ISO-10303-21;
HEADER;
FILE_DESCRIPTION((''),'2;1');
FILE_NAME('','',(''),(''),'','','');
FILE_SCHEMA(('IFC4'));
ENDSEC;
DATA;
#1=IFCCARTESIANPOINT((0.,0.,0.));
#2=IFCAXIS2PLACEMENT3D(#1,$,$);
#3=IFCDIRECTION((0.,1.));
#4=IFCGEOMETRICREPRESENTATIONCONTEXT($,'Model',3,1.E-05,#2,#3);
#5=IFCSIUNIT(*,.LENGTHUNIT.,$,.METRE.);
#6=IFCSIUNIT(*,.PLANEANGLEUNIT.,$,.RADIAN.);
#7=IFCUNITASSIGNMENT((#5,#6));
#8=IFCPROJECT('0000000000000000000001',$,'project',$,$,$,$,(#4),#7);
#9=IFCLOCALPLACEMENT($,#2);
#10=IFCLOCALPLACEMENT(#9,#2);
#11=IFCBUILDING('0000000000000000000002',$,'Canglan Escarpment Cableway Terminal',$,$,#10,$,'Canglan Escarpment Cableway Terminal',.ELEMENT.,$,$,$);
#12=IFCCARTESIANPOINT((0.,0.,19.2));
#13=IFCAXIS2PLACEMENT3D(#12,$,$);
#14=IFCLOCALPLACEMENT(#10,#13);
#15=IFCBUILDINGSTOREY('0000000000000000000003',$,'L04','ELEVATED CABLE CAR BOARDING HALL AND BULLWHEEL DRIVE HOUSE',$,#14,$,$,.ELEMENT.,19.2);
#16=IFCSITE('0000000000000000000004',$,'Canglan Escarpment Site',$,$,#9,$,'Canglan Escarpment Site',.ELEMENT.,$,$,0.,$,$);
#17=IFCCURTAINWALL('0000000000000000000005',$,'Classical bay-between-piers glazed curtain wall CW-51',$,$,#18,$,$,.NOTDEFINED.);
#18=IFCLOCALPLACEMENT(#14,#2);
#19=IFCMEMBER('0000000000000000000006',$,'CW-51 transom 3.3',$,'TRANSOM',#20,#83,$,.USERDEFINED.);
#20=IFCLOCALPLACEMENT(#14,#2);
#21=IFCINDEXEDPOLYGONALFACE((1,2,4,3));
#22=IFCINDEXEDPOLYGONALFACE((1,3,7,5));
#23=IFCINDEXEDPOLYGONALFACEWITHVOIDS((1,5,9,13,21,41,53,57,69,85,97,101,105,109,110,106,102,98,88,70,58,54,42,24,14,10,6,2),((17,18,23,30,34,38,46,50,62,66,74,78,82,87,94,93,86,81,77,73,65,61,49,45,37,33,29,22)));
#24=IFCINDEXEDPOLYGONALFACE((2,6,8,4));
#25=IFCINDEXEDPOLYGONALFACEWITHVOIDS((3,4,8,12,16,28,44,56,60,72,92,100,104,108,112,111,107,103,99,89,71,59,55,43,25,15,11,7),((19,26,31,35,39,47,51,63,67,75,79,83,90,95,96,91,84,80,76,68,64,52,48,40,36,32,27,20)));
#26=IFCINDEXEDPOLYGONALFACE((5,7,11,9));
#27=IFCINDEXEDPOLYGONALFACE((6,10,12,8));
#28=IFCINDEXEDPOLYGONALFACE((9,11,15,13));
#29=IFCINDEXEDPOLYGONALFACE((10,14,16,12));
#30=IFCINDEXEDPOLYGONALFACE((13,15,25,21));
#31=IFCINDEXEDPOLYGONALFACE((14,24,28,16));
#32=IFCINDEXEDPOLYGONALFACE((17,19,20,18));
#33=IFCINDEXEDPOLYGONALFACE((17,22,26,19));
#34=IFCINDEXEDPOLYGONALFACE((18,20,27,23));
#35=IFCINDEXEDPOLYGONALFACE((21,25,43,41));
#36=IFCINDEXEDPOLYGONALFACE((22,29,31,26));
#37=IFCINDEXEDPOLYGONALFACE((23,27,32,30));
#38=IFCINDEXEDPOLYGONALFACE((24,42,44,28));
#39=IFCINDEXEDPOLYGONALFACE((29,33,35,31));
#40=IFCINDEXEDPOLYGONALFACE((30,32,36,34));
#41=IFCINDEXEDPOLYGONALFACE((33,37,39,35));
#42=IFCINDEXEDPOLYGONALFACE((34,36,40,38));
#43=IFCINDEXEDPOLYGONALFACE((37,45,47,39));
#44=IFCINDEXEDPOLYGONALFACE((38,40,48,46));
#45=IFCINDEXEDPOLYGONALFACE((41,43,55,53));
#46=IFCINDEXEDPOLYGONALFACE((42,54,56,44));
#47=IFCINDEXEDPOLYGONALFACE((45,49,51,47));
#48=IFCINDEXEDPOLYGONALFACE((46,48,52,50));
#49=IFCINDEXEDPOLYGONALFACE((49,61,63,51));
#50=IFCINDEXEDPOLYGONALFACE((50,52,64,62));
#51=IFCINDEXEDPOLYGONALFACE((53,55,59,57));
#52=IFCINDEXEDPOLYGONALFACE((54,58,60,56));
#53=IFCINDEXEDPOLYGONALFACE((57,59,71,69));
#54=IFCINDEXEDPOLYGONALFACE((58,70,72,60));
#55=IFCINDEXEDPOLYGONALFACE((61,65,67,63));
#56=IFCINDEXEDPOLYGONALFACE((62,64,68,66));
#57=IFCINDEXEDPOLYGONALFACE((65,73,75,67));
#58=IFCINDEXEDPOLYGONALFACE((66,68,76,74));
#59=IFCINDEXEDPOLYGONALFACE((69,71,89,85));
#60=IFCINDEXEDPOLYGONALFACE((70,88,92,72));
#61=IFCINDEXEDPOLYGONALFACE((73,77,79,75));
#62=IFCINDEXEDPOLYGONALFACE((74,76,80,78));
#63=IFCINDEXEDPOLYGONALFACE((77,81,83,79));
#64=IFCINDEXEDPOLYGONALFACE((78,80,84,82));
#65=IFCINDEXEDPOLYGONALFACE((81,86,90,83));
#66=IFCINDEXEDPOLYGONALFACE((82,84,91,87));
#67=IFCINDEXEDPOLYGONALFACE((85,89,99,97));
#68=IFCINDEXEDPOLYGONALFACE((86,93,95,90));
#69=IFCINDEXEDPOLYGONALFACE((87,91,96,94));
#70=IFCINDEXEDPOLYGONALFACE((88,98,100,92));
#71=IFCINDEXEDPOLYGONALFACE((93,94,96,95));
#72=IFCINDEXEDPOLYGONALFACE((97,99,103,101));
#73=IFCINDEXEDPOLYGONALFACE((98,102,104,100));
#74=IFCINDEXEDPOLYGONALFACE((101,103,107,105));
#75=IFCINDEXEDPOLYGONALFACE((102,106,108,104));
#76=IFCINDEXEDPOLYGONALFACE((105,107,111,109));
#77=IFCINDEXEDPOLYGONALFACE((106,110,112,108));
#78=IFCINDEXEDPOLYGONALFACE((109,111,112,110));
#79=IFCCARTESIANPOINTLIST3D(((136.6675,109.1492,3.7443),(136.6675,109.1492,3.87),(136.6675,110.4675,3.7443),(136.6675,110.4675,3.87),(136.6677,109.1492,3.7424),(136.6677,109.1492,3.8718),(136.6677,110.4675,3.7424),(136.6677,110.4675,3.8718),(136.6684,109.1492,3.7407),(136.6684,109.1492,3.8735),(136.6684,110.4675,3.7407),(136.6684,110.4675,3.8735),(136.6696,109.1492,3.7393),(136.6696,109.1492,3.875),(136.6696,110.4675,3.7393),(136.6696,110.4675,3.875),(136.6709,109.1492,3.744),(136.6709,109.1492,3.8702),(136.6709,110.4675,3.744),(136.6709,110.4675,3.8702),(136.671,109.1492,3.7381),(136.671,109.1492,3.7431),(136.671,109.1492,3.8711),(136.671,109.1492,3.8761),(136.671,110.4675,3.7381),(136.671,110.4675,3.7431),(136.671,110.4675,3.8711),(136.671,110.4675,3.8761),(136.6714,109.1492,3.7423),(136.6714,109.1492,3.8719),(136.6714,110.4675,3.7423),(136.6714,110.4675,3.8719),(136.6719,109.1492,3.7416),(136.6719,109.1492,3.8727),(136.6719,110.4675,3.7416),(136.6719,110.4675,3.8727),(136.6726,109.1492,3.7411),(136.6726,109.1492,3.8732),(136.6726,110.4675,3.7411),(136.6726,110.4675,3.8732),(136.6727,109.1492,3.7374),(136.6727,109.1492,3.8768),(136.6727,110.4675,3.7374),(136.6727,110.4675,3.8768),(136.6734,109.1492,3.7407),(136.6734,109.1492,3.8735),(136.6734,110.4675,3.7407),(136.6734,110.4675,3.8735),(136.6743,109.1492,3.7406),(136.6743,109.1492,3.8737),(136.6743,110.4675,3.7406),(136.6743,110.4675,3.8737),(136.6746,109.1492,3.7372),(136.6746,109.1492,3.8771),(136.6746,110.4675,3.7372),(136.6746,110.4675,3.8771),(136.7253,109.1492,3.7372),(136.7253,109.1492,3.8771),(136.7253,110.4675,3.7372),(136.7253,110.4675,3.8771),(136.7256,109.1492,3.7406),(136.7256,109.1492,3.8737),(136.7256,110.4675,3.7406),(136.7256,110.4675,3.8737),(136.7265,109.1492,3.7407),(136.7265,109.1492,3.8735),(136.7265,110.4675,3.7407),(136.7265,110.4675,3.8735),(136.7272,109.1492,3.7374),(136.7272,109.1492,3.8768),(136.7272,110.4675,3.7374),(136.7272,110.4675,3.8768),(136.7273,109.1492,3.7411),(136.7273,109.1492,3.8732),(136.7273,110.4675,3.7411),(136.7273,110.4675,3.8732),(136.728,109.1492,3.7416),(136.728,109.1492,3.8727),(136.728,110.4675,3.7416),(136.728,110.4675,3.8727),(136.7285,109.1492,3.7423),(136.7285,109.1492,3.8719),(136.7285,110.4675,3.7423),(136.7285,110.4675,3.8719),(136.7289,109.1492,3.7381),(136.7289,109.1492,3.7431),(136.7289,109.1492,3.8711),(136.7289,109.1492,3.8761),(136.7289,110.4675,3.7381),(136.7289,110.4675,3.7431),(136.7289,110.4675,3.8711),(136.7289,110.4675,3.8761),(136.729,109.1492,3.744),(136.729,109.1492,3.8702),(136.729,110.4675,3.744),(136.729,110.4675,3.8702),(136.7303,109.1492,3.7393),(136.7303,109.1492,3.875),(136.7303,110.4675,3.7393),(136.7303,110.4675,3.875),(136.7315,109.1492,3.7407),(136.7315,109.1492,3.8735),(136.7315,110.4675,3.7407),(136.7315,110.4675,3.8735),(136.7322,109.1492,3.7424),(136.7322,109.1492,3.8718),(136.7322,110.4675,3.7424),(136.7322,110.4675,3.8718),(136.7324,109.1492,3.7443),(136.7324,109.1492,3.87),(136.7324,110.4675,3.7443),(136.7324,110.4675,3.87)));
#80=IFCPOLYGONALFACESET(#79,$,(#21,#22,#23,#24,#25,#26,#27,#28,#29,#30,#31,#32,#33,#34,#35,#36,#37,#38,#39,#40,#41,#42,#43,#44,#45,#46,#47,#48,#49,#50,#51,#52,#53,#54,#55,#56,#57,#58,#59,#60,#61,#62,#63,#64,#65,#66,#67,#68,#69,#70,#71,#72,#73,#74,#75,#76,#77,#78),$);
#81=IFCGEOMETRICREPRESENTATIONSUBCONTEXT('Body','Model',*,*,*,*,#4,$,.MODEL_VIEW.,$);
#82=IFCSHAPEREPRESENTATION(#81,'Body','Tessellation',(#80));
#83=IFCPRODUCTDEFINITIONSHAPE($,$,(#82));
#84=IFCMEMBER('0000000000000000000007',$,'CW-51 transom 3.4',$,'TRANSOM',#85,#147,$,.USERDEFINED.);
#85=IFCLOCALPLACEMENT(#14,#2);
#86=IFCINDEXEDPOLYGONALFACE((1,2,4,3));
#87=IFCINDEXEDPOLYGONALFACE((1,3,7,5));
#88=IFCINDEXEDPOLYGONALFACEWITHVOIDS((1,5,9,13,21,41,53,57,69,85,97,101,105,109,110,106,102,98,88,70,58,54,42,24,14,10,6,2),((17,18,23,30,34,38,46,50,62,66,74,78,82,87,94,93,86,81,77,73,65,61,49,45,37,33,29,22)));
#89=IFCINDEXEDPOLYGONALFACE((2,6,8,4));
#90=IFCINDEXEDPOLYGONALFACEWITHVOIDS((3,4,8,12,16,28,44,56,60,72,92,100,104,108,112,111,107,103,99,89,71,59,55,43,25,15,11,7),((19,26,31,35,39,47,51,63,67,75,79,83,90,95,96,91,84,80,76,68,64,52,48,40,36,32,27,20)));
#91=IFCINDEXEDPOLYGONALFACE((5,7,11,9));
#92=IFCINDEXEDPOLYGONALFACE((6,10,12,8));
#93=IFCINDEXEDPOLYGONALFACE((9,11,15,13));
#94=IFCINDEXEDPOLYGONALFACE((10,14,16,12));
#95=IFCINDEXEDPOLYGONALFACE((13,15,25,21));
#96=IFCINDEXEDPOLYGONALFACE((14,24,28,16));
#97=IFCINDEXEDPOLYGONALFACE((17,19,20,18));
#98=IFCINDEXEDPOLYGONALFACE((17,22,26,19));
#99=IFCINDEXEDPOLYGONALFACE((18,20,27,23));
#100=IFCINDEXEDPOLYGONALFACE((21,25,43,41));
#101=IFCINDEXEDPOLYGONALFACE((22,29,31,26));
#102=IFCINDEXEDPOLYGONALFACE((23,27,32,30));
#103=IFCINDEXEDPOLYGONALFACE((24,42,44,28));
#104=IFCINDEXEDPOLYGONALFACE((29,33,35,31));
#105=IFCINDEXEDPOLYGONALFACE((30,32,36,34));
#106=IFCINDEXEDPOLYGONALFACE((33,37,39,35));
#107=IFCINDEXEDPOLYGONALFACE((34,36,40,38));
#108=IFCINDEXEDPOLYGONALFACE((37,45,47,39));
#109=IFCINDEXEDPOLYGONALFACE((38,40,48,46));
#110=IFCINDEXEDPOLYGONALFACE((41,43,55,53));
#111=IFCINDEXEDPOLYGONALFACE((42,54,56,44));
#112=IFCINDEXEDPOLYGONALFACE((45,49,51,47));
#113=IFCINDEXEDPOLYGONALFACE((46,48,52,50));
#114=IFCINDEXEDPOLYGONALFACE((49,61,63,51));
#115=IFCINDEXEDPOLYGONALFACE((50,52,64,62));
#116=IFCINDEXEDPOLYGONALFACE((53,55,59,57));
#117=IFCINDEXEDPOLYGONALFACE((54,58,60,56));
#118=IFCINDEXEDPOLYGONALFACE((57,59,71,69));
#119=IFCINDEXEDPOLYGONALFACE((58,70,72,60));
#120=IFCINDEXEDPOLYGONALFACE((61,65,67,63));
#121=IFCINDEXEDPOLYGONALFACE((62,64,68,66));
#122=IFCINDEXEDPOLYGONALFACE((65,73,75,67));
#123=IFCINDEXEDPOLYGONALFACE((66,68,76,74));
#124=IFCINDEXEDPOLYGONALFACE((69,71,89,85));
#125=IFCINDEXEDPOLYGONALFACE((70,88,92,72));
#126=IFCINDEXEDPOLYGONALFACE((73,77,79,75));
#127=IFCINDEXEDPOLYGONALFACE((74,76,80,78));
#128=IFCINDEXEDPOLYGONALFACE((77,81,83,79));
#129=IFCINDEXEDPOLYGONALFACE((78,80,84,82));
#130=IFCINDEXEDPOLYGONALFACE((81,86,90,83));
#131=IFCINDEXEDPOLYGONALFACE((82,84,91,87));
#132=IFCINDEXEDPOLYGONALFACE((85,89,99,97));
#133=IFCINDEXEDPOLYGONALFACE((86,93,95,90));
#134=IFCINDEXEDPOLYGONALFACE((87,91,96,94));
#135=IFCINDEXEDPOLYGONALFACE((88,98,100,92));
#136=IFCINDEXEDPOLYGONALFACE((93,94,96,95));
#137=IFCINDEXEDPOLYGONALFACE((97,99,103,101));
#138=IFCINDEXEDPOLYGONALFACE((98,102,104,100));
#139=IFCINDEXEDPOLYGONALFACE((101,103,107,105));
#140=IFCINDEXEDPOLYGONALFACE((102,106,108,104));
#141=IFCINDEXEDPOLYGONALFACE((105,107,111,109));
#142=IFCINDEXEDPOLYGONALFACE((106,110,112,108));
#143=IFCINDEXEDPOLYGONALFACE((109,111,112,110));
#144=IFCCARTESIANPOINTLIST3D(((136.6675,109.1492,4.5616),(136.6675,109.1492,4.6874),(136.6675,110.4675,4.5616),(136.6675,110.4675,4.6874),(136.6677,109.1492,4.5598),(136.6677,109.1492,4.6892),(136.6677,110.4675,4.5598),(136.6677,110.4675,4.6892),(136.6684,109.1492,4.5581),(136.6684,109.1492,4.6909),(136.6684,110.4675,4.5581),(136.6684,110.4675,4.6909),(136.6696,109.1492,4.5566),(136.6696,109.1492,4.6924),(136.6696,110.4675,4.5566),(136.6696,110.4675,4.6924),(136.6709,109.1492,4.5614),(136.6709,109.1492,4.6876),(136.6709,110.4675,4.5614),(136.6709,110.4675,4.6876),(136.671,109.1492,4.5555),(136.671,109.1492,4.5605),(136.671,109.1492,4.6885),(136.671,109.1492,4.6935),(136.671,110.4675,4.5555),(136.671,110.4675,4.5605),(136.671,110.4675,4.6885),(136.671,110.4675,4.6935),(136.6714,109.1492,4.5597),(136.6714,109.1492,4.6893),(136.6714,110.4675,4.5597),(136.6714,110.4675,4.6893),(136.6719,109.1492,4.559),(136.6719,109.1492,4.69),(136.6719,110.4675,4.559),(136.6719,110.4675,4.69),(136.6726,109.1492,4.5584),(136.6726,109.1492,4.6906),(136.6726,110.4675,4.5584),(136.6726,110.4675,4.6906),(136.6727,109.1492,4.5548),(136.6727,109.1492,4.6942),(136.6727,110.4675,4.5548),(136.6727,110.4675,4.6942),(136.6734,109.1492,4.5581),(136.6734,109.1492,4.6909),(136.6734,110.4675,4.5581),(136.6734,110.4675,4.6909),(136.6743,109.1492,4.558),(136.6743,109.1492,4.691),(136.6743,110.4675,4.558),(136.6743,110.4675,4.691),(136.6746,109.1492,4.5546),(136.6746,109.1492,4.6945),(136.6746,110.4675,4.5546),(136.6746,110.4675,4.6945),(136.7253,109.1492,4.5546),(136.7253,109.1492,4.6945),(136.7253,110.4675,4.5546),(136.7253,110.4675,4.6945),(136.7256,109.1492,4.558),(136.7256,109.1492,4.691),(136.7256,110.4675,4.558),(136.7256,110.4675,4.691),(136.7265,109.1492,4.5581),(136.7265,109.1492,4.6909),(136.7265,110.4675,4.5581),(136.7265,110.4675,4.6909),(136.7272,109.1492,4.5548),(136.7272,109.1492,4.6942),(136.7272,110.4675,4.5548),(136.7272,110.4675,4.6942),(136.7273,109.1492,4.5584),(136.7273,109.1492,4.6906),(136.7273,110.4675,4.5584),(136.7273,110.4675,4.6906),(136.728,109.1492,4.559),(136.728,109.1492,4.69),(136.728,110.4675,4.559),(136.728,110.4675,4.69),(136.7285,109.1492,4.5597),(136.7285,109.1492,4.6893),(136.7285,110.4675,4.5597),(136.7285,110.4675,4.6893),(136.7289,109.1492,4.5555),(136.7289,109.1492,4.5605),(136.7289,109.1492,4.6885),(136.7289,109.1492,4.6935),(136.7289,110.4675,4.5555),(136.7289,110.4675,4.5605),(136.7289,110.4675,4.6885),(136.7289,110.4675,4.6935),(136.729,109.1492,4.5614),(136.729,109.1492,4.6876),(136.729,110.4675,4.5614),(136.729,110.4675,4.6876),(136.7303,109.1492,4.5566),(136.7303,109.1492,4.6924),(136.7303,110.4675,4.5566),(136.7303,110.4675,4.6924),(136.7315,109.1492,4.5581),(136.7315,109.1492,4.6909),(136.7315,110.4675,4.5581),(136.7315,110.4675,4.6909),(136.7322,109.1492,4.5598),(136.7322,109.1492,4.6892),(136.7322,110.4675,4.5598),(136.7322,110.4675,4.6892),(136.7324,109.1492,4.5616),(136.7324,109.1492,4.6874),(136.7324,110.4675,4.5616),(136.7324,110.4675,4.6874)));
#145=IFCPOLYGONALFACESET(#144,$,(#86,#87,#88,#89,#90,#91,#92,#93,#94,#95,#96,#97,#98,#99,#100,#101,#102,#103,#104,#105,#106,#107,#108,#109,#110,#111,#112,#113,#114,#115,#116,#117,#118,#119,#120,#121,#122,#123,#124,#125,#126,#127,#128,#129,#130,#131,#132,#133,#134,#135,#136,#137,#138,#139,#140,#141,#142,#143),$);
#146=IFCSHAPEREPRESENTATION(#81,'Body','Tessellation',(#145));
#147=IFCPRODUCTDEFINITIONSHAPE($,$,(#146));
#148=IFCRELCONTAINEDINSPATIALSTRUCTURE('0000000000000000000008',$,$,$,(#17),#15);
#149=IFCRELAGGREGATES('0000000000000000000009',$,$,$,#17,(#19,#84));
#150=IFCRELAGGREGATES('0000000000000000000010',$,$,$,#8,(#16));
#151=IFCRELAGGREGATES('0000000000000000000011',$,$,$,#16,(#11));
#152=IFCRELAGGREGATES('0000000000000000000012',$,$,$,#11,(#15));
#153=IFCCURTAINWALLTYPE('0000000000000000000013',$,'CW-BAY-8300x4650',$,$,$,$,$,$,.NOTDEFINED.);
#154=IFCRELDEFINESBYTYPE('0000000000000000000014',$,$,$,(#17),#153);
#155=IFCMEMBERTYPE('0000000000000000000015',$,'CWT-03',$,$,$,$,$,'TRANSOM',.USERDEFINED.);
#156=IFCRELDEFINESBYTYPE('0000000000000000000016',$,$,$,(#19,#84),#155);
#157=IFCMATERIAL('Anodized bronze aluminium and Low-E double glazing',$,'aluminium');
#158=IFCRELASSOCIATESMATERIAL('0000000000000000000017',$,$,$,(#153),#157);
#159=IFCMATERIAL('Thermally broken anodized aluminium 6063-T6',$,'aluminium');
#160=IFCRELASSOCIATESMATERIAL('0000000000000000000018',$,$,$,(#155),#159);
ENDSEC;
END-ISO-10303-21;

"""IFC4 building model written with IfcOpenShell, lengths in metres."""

from ifc_helpers import new_model, si_unit, direction, frame, origin, origin_2d, place, context, subcontext, project, spatial, hollow_rectangle, extrude, material, material_profile, profile_set, type_object, element, aggregate, save


model = new_model("IFC4")

# Units and contexts
model_context = context("Model", 3, precision=1e-05, world=origin(), true_north=direction((0.0, 1.0)))
body_context = subcontext(model_context, "Body", "Model", "MODEL_VIEW")
ifc_project = project(units=[si_unit("LENGTHUNIT", "METRE"), si_unit("PLANEANGLEUNIT", "RADIAN")], contexts=[model_context])

# Site, building, storey
site_placement = place(None, origin())
site = spatial("IfcSite", under=ifc_project, at=site_placement, Name="Canglan Escarpment Site", LongName="Canglan Escarpment Site", CompositionType="ELEMENT", RefElevation=0.0)
building_placement = place(site_placement, origin())
building = spatial("IfcBuilding", under=site, at=building_placement, Name="Canglan Escarpment Cableway Terminal", LongName="Canglan Escarpment Cableway Terminal", CompositionType="ELEMENT")
storey_placement = place(building_placement, frame((0.0, 0.0, 19.2)))
storey = spatial("IfcBuildingStorey", under=building, at=storey_placement, Name="L04", Description="ELEVATED CABLE CAR BOARDING HALL AND BULLWHEEL DRIVE HOUSE", CompositionType="ELEMENT", Elevation=19.2)

# Curtain wall, members
ifc_material_1 = material(Name="Anodized bronze aluminium and Low-E double glazing", Category="aluminium")
ifc_material_2 = material(Name="Thermally broken anodized aluminium 6063-T6", Category="aluminium")
curtain_wall_type_1 = type_object("IfcCurtainWallType", Name="CW-BAY-8300x4650", PredefinedType="NOTDEFINED", material=ifc_material_1)
curtain_wall_1_placement = place(storey_placement, origin())
curtain_wall_1 = element("IfcCurtainWall", 1, at=curtain_wall_1_placement, inside=storey, type_object=curtain_wall_type_1, Name="Classical bay-between-piers glazed curtain wall CW-51", PredefinedType="NOTDEFINED")
ifc_material_profile_1 = material_profile(ifc_material_2, hollow_rectangle(XDim=0.0649, YDim=0.1399, WallThickness=0.0034, InnerFilletRadius=0.0034, OuterFilletRadius=0.0071, at=origin_2d()), Name="ALU-TRAN 65x140x3.5")
ifc_profile_set_1 = profile_set([ifc_material_profile_1], Name="Thermally broken anodized aluminium 6063-T6")
member_type_1 = type_object("IfcMemberType", Name="CWT-03", ElementType="TRANSOM", PredefinedType="USERDEFINED", material=ifc_profile_set_1)
member_1_placement = place(storey_placement, frame((136.7, 109.1492, 3.8071), z_axis=(0.0, 1.0, 0.0), x_axis=(-1.0, 0.0, 0.0)))
member_1 = element("IfcMember", 2, at=member_1_placement, type_object=member_type_1, Name="CW-51 transom 3.3", ObjectType="TRANSOM", PredefinedType="USERDEFINED", context=body_context, shape_type="SweptSolid", body=[
    extrude(hollow_rectangle(XDim=0.0649, YDim=0.1399, WallThickness=0.0034, InnerFilletRadius=0.0034, OuterFilletRadius=0.0071, at=origin_2d()), origin(), (0.0, 0.0, 1.0), 1.3184),
])
member_2_placement = place(storey_placement, frame((136.7, 109.1492, 4.6245), z_axis=(0.0, 1.0, 0.0), x_axis=(-1.0, 0.0, 0.0)))
member_2 = element("IfcMember", 3, at=member_2_placement, type_object=member_type_1, Name="CW-51 transom 3.4", ObjectType="TRANSOM", PredefinedType="USERDEFINED", context=body_context, shape_type="SweptSolid", body=[
    extrude(hollow_rectangle(XDim=0.0649, YDim=0.1399, WallThickness=0.0034, InnerFilletRadius=0.0034, OuterFilletRadius=0.0071, at=origin_2d()), origin(), (0.0, 0.0, 1.0), 1.3184),
])

aggregate(curtain_wall_1, [member_1, member_2])

save(model, "model.ifc")
